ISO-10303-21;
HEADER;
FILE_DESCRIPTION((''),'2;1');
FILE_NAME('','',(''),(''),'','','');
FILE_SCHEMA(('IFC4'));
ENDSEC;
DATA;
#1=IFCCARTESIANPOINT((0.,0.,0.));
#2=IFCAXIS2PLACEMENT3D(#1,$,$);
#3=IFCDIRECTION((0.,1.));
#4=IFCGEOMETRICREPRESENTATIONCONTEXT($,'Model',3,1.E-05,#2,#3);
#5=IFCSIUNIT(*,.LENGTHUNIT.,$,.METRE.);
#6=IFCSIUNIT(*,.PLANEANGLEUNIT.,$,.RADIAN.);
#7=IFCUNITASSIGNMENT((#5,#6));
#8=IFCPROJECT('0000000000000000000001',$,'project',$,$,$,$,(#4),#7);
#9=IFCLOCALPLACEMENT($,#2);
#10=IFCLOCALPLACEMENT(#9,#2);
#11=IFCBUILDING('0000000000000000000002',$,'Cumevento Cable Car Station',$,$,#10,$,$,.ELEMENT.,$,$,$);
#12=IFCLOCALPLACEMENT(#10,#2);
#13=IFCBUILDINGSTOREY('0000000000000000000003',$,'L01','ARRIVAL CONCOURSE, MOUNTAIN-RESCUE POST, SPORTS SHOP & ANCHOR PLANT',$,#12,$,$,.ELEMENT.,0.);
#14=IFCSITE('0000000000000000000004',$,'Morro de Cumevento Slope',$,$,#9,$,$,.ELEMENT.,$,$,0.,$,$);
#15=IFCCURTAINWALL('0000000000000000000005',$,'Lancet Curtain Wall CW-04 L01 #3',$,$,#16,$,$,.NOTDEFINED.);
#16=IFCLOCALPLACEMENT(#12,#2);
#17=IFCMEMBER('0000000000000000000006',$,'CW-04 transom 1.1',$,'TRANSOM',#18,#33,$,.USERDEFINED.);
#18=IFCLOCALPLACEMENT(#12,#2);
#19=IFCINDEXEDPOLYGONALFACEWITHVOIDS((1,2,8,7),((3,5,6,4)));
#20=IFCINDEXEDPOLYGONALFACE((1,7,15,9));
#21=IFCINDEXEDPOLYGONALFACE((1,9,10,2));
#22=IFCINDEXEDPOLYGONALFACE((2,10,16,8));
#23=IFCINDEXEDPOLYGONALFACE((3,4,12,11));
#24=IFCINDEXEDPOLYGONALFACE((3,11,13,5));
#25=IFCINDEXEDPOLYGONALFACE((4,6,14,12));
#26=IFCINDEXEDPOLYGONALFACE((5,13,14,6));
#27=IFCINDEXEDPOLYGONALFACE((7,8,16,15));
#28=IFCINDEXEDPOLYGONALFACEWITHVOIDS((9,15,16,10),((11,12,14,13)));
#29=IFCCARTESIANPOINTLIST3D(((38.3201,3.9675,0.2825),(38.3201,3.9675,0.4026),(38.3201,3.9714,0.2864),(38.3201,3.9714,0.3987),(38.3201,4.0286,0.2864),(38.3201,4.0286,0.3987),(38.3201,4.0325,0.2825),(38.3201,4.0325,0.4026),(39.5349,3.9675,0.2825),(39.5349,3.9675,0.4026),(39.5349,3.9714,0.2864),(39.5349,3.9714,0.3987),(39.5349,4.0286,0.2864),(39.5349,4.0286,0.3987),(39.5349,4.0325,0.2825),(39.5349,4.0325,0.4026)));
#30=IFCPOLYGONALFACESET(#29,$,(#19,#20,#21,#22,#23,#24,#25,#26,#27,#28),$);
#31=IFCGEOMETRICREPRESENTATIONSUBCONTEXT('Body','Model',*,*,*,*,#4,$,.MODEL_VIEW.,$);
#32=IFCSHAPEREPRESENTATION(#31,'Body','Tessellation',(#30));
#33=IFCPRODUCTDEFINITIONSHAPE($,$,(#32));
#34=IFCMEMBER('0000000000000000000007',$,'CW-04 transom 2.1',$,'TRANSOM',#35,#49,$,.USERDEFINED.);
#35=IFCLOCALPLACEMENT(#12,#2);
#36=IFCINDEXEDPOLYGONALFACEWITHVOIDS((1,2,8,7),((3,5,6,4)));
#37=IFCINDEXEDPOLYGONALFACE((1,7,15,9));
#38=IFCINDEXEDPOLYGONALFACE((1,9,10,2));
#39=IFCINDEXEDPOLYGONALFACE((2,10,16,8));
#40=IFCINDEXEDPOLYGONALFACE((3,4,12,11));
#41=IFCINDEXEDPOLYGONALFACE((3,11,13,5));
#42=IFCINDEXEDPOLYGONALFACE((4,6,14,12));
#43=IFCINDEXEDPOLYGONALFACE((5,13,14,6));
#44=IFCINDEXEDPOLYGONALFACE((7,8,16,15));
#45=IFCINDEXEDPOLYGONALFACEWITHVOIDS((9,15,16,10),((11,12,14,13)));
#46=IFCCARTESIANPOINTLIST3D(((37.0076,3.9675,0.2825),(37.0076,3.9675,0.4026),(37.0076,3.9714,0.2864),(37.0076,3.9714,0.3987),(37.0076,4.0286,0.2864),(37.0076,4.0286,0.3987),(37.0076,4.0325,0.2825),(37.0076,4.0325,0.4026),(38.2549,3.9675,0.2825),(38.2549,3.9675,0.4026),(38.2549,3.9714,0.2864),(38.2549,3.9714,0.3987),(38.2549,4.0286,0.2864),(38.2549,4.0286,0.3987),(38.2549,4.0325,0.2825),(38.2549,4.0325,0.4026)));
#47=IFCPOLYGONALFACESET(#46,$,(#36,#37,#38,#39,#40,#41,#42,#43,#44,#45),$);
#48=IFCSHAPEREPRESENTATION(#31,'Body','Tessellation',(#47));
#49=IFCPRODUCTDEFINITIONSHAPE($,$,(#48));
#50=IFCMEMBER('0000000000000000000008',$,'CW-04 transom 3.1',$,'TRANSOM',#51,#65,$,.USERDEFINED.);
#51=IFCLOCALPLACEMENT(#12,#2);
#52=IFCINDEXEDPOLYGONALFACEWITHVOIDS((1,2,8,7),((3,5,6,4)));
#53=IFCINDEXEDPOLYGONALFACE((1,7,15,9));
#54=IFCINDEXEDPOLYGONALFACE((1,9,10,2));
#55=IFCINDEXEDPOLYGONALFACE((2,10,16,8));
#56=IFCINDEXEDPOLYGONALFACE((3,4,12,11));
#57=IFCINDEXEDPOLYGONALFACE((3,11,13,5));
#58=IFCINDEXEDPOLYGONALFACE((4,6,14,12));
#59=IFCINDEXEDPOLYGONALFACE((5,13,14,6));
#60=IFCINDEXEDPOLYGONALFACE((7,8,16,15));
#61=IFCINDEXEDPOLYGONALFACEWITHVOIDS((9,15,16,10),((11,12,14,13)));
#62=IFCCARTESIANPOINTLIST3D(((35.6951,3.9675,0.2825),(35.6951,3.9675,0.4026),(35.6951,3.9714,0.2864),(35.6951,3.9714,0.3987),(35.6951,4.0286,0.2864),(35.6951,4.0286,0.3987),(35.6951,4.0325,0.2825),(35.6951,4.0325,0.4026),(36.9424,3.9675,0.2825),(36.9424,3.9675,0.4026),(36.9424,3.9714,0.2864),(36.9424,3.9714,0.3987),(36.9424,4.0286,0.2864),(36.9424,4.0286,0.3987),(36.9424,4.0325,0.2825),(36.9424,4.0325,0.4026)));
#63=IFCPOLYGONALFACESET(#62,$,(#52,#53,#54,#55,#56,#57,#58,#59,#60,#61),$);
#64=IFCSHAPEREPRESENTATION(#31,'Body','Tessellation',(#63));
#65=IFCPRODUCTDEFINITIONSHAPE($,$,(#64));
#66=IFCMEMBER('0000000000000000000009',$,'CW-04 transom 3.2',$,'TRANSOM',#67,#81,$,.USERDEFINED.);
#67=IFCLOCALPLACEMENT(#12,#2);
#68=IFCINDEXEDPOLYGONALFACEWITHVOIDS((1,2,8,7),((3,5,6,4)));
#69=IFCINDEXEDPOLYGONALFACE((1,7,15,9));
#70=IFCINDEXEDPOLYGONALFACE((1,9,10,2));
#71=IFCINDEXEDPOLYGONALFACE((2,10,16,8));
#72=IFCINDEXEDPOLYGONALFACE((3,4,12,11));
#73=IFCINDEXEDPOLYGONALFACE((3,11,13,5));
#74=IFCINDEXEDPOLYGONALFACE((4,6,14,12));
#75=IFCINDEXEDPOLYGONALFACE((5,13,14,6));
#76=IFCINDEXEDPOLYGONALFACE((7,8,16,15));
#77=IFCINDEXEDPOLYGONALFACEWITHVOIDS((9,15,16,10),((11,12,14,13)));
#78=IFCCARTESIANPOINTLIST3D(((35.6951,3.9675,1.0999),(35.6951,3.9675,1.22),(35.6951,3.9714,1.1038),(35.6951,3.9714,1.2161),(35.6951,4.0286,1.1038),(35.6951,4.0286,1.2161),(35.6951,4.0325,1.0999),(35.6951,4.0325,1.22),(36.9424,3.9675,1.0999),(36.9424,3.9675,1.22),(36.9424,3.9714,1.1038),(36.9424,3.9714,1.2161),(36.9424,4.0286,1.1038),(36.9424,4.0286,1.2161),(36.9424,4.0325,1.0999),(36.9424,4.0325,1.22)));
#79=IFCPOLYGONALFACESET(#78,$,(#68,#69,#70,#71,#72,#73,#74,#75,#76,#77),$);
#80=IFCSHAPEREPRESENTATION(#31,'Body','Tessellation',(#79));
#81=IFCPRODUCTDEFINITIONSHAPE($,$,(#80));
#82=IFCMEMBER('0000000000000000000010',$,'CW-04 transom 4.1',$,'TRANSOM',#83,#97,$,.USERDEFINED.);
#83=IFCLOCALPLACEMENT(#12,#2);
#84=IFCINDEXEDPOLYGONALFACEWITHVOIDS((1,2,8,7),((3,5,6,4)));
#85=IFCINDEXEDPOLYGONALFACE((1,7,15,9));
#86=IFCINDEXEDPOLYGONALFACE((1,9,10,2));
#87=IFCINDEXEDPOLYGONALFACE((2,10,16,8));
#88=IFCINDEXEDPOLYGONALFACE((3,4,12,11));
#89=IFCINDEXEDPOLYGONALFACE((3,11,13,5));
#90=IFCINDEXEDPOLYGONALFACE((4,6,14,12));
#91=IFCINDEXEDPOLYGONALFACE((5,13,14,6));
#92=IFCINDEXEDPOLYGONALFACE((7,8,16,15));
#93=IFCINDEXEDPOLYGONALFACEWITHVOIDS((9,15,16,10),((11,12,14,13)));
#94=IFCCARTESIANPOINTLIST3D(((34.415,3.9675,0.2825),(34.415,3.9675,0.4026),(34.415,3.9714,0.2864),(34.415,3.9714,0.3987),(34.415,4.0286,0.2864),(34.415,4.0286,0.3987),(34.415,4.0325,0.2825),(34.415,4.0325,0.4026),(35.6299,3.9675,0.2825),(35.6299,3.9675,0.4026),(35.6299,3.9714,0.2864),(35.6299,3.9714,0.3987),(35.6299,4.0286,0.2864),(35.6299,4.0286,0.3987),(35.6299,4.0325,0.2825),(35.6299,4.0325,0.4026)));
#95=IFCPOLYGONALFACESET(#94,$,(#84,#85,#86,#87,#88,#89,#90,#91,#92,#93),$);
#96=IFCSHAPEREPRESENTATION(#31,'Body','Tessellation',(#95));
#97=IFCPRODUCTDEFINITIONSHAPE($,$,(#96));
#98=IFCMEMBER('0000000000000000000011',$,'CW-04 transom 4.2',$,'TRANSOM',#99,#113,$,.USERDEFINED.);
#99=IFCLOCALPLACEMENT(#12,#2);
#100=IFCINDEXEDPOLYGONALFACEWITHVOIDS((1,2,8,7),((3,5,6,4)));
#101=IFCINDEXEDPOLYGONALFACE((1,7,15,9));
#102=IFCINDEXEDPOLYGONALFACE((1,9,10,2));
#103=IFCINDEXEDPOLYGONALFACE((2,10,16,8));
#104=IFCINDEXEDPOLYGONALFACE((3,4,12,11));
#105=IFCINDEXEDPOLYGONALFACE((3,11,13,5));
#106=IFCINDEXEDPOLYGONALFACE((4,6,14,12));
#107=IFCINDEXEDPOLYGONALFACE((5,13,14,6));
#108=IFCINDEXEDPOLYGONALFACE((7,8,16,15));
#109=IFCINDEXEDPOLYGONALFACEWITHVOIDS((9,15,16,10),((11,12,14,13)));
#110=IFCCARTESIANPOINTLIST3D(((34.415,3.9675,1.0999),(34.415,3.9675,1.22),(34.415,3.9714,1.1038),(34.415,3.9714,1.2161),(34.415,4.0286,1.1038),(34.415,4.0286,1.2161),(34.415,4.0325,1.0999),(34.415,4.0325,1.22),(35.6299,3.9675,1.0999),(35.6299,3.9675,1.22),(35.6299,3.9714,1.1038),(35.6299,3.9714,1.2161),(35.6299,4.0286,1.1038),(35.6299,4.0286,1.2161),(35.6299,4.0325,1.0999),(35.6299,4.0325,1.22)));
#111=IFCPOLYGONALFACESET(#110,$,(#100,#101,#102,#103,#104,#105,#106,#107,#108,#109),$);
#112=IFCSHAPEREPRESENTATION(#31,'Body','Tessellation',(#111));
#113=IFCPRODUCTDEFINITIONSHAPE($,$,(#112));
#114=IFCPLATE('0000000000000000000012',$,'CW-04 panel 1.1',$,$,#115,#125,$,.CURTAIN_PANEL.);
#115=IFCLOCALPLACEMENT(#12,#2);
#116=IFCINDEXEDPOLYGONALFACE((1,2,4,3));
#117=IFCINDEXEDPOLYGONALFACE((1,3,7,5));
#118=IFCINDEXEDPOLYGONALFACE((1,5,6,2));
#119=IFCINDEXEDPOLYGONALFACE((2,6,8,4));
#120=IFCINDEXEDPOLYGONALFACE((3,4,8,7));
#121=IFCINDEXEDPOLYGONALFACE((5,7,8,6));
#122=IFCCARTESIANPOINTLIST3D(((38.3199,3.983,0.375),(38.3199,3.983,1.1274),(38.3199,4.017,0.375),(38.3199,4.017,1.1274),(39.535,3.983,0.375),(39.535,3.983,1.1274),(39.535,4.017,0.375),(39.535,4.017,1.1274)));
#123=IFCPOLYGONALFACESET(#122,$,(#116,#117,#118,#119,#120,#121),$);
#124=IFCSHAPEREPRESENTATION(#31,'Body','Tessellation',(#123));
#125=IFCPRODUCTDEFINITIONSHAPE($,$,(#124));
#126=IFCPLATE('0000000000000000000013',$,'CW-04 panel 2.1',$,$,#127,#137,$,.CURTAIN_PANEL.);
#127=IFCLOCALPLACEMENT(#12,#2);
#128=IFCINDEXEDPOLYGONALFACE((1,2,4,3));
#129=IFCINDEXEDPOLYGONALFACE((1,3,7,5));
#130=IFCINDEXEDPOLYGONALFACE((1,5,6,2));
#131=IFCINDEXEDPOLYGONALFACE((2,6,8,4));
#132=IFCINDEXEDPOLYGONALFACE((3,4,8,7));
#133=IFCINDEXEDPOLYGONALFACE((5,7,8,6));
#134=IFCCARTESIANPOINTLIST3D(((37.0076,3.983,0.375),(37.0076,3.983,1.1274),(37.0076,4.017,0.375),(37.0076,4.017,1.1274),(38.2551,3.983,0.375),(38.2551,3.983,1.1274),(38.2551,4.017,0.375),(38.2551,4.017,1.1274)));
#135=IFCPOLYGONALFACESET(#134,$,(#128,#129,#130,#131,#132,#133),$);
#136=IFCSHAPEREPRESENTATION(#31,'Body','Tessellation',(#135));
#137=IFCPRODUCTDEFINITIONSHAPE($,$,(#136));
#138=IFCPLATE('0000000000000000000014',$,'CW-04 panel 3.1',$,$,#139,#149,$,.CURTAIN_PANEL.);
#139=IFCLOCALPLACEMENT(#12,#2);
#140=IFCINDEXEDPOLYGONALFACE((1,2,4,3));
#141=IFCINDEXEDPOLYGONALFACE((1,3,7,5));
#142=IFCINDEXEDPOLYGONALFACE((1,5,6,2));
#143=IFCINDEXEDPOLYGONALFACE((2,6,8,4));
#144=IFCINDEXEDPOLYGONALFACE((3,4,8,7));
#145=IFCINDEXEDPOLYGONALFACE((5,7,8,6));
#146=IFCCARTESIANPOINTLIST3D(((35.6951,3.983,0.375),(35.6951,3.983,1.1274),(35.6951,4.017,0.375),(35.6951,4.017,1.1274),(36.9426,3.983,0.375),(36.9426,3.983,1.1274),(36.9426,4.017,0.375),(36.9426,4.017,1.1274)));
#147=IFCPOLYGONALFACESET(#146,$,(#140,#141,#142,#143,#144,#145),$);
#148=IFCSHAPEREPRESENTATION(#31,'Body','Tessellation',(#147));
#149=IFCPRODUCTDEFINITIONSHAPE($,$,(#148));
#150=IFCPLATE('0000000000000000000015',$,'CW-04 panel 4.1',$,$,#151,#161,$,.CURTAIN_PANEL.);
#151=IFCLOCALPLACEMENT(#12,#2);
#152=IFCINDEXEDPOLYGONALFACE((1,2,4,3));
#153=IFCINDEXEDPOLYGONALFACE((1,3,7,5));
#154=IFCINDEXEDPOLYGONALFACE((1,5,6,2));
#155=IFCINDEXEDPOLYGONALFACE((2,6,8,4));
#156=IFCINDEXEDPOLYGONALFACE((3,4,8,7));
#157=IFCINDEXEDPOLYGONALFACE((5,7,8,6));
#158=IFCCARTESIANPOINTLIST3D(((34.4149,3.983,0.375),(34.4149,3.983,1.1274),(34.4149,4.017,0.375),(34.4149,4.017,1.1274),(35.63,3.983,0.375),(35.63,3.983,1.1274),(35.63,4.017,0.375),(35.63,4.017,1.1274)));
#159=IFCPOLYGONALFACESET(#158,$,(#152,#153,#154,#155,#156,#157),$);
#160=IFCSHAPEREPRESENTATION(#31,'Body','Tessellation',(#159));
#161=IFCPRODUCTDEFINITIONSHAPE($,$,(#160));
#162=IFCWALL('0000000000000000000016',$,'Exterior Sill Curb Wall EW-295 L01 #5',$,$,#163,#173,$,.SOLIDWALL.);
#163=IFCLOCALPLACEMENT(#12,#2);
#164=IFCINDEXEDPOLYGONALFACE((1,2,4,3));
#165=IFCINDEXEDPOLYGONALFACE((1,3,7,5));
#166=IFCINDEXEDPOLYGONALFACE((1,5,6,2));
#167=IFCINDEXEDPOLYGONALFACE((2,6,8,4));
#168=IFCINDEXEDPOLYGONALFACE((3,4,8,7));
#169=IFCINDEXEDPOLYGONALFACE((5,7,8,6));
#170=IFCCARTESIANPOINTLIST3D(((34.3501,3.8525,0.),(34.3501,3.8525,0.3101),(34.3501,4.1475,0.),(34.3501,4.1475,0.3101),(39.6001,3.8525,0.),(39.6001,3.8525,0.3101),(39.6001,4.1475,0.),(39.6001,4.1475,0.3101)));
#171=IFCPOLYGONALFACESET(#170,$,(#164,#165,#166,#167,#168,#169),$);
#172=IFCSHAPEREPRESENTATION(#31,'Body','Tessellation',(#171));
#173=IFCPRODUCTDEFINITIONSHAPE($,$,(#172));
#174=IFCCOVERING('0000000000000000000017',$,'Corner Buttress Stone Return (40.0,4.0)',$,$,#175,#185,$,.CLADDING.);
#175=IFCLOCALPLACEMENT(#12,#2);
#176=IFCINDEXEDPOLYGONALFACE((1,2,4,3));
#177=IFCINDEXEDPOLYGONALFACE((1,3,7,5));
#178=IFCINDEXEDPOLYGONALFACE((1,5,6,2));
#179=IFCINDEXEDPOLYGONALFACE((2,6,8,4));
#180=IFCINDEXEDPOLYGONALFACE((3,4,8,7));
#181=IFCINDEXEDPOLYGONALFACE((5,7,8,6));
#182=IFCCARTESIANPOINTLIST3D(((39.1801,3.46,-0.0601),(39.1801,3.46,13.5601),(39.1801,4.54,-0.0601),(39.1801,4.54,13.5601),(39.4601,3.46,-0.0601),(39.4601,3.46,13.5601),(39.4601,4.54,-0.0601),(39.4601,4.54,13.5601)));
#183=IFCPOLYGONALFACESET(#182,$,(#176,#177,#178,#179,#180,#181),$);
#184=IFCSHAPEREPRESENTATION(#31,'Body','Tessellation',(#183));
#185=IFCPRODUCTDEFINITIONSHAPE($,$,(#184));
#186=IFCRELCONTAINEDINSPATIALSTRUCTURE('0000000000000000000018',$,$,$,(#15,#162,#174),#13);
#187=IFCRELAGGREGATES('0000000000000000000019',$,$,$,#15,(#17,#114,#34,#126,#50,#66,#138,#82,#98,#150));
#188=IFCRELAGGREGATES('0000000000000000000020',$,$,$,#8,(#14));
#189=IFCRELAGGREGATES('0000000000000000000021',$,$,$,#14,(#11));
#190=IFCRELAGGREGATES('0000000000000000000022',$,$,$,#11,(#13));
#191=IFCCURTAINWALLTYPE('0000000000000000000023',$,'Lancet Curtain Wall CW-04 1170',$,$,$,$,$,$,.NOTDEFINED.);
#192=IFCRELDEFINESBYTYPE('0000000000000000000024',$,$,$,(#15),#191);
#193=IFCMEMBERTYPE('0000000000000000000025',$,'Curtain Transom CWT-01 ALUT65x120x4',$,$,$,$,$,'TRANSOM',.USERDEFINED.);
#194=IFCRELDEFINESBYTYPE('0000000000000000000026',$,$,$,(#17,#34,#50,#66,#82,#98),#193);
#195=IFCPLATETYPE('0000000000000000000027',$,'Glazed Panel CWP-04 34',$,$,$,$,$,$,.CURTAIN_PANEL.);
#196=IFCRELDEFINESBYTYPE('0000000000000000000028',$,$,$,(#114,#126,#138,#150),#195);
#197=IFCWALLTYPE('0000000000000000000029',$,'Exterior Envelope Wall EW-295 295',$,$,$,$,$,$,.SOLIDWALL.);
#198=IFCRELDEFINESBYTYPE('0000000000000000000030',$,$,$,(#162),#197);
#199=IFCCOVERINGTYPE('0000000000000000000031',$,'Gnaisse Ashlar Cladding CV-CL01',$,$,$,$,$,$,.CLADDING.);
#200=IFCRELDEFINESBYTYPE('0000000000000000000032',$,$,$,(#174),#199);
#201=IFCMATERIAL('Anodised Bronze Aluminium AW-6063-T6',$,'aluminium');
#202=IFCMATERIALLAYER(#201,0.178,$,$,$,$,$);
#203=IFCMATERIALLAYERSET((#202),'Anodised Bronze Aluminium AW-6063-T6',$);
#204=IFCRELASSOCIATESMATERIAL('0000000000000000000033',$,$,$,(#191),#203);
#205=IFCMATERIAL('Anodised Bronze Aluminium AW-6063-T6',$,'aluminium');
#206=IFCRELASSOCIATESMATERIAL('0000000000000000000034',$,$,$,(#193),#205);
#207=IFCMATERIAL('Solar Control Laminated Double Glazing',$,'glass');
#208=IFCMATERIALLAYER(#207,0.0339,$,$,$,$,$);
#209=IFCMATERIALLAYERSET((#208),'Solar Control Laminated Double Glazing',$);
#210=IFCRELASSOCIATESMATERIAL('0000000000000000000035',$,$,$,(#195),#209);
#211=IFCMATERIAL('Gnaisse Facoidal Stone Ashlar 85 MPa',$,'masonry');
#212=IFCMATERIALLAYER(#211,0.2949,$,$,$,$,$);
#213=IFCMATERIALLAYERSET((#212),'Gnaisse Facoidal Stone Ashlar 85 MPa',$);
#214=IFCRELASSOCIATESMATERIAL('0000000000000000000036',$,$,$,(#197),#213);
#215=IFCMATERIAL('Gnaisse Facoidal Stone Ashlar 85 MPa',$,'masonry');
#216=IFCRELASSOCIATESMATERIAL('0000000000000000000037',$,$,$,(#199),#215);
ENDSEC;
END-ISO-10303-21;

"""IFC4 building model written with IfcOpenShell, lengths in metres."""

from ifc_helpers import new_model, si_unit, direction, frame, frame_2d, origin, origin_2d, place, context, subcontext, project, spatial, rectangle, hollow_rectangle, extrude, material, layer, layer_set, material_profile, profile_set, type_object, element, aggregate, save


model = new_model("IFC4")

# Units and contexts
model_context = context("Model", 3, precision=1e-05, world=origin(), true_north=direction((0.0, 1.0)))
body_context = subcontext(model_context, "Body", "Model", "MODEL_VIEW")
ifc_project = project(units=[si_unit("LENGTHUNIT", "METRE"), si_unit("PLANEANGLEUNIT", "RADIAN")], contexts=[model_context])

# Site, building, storey
site_placement = place(None, origin())
site = spatial("IfcSite", under=ifc_project, at=site_placement, Name="Morro de Cumevento Slope", CompositionType="ELEMENT", RefElevation=0.0)
building_placement = place(site_placement, origin())
building = spatial("IfcBuilding", under=site, at=building_placement, Name="Cumevento Cable Car Station", CompositionType="ELEMENT")
storey_placement = place(building_placement, origin())
storey = spatial("IfcBuildingStorey", under=building, at=storey_placement, Name="L01", Description="ARRIVAL CONCOURSE, MOUNTAIN-RESCUE POST, SPORTS SHOP & ANCHOR PLANT", CompositionType="ELEMENT", Elevation=0.0)

# Curtain wall, members, plates
ifc_material_1 = material(Name="Anodised Bronze Aluminium AW-6063-T6", Category="aluminium")
ifc_layer_1 = layer(ifc_material_1, 0.178)
ifc_layer_set_1 = layer_set([ifc_layer_1], Name="Anodised Bronze Aluminium AW-6063-T6")
curtain_wall_type = type_object("IfcCurtainWallType", Name="Lancet Curtain Wall CW-04 1170", PredefinedType="NOTDEFINED", material=ifc_layer_set_1)
curtain_wall_placement = place(storey_placement, origin())
curtain_wall = element("IfcCurtainWall", 1, at=curtain_wall_placement, inside=storey, type_object=curtain_wall_type, Name="Lancet Curtain Wall CW-04 L01 #3", PredefinedType="NOTDEFINED")
ifc_material_2 = material(Name="Anodised Bronze Aluminium AW-6063-T6", Category="aluminium")
ifc_material_profile_1 = material_profile(ifc_material_2, hollow_rectangle(XDim=0.0649, YDim=0.1201, WallThickness=0.0039, at=origin_2d()), Name="ALUT65x120x4")
ifc_profile_set_1 = profile_set([ifc_material_profile_1], Name="Anodised Bronze Aluminium AW-6063-T6")
member_type_1 = type_object("IfcMemberType", Name="Curtain Transom CWT-01 ALUT65x120x4", ElementType="TRANSOM", PredefinedType="USERDEFINED", material=ifc_profile_set_1)
member_1_placement = place(storey_placement, frame((39.5349, 4.0, 0.3425), z_axis=(-1.0, 0.0, 0.0), x_axis=(0.0, -1.0, 0.0)))
member_1 = element("IfcMember", 2, at=member_1_placement, type_object=member_type_1, Name="CW-04 transom 1.1", ObjectType="TRANSOM", PredefinedType="USERDEFINED", context=body_context, shape_type="SweptSolid", body=[
    extrude(hollow_rectangle(XDim=0.0649, YDim=0.1201, WallThickness=0.0039, at=origin_2d()), origin(), (0.0, 0.0, 1.0), 1.2148),
])
member_2_placement = place(storey_placement, frame((38.2549, 4.0, 0.3425), z_axis=(-1.0, 0.0, 0.0), x_axis=(0.0, -1.0, 0.0)))
member_2 = element("IfcMember", 3, at=member_2_placement, type_object=member_type_1, Name="CW-04 transom 2.1", ObjectType="TRANSOM", PredefinedType="USERDEFINED", context=body_context, shape_type="SweptSolid", body=[
    extrude(hollow_rectangle(XDim=0.0649, YDim=0.1201, WallThickness=0.0039, at=origin_2d()), origin(), (0.0, 0.0, 1.0), 1.2473),
])
member_3_placement = place(storey_placement, frame((36.9424, 4.0, 0.3425), z_axis=(-1.0, 0.0, 0.0), x_axis=(0.0, -1.0, 0.0)))
member_3 = element("IfcMember", 4, at=member_3_placement, type_object=member_type_1, Name="CW-04 transom 3.1", ObjectType="TRANSOM", PredefinedType="USERDEFINED", context=body_context, shape_type="SweptSolid", body=[
    extrude(hollow_rectangle(XDim=0.0649, YDim=0.1201, WallThickness=0.0039, at=origin_2d()), origin(), (0.0, 0.0, 1.0), 1.2473),
])
member_4_placement = place(storey_placement, frame((36.9424, 4.0, 1.1599), z_axis=(-1.0, 0.0, 0.0), x_axis=(0.0, -1.0, 0.0)))
member_4 = element("IfcMember", 5, at=member_4_placement, type_object=member_type_1, Name="CW-04 transom 3.2", ObjectType="TRANSOM", PredefinedType="USERDEFINED", context=body_context, shape_type="SweptSolid", body=[
    extrude(hollow_rectangle(XDim=0.0649, YDim=0.1201, WallThickness=0.0039, at=origin_2d()), origin(), (0.0, 0.0, 1.0), 1.2473),
])
member_5_placement = place(storey_placement, frame((35.6299, 4.0, 0.3425), z_axis=(-1.0, 0.0, 0.0), x_axis=(0.0, -1.0, 0.0)))
member_5 = element("IfcMember", 6, at=member_5_placement, type_object=member_type_1, Name="CW-04 transom 4.1", ObjectType="TRANSOM", PredefinedType="USERDEFINED", context=body_context, shape_type="SweptSolid", body=[
    extrude(hollow_rectangle(XDim=0.0649, YDim=0.1201, WallThickness=0.0039, at=origin_2d()), origin(), (0.0, 0.0, 1.0), 1.2148),
])
member_6_placement = place(storey_placement, frame((35.6299, 4.0, 1.1599), z_axis=(-1.0, 0.0, 0.0), x_axis=(0.0, -1.0, 0.0)))
member_6 = element("IfcMember", 7, at=member_6_placement, type_object=member_type_1, Name="CW-04 transom 4.2", ObjectType="TRANSOM", PredefinedType="USERDEFINED", context=body_context, shape_type="SweptSolid", body=[
    extrude(hollow_rectangle(XDim=0.0649, YDim=0.1201, WallThickness=0.0039, at=origin_2d()), origin(), (0.0, 0.0, 1.0), 1.2148),
])
ifc_material_3 = material(Name="Solar Control Laminated Double Glazing", Category="glass")
ifc_layer_2 = layer(ifc_material_3, 0.0339)
ifc_layer_set_2 = layer_set([ifc_layer_2], Name="Solar Control Laminated Double Glazing")
plate_type = type_object("IfcPlateType", Name="Glazed Panel CWP-04 34", PredefinedType="CURTAIN_PANEL", material=ifc_layer_set_2)
plate_1_placement = place(storey_placement, frame((38.9275, 4.0, 0.375), z_axis=(0.0, 0.0, 1.0), x_axis=(-1.0, 0.0, 0.0)))
plate_1 = element("IfcPlate", 8, at=plate_1_placement, type_object=plate_type, Name="CW-04 panel 1.1", PredefinedType="CURTAIN_PANEL", context=body_context, shape_type="SweptSolid", body=[
    extrude(rectangle(XDim=1.2151, YDim=0.0339, at=origin_2d()), origin(), (0.0, 0.0, 1.0), 0.7524),
])
plate_2_placement = place(storey_placement, frame((37.6313, 4.0, 0.375), z_axis=(0.0, 0.0, 1.0), x_axis=(-1.0, 0.0, 0.0)))
plate_2 = element("IfcPlate", 9, at=plate_2_placement, type_object=plate_type, Name="CW-04 panel 2.1", PredefinedType="CURTAIN_PANEL", context=body_context, shape_type="SweptSolid", body=[
    extrude(rectangle(XDim=1.2476, YDim=0.0339, at=origin_2d()), origin(), (0.0, 0.0, 1.0), 0.7524),
])
plate_3_placement = place(storey_placement, frame((36.3188, 4.0, 0.375), z_axis=(0.0, 0.0, 1.0), x_axis=(-1.0, 0.0, 0.0)))
plate_3 = element("IfcPlate", 10, at=plate_3_placement, type_object=plate_type, Name="CW-04 panel 3.1", PredefinedType="CURTAIN_PANEL", context=body_context, shape_type="SweptSolid", body=[
    extrude(rectangle(XDim=1.2476, YDim=0.0339, at=origin_2d()), origin(), (0.0, 0.0, 1.0), 0.7524),
])
plate_4_placement = place(storey_placement, frame((35.0225, 4.0, 0.375), z_axis=(0.0, 0.0, 1.0), x_axis=(-1.0, 0.0, 0.0)))
plate_4 = element("IfcPlate", 11, at=plate_4_placement, type_object=plate_type, Name="CW-04 panel 4.1", PredefinedType="CURTAIN_PANEL", context=body_context, shape_type="SweptSolid", body=[
    extrude(rectangle(XDim=1.2151, YDim=0.0339, at=origin_2d()), origin(), (0.0, 0.0, 1.0), 0.7524),
])
aggregate(curtain_wall, [member_1, plate_1, member_2, plate_2, member_3, member_4, plate_3, member_5, member_6, plate_4])

# Wall
ifc_material_4 = material(Name="Gnaisse Facoidal Stone Ashlar 85 MPa", Category="masonry")
ifc_layer_3 = layer(ifc_material_4, 0.2949)
ifc_layer_set_3 = layer_set([ifc_layer_3], Name="Gnaisse Facoidal Stone Ashlar 85 MPa")
wall_type = type_object("IfcWallType", Name="Exterior Envelope Wall EW-295 295", PredefinedType="SOLIDWALL", material=ifc_layer_set_3)
wall_placement = place(storey_placement, frame((39.6001, 4.0, 0.0), z_axis=(0.0, 0.0, 1.0), x_axis=(-1.0, 0.0, 0.0)))
element("IfcWall", 12, at=wall_placement, inside=storey, type_object=wall_type, Name="Exterior Sill Curb Wall EW-295 L01 #5", PredefinedType="SOLIDWALL", context=body_context, shape_type="SweptSolid", body=[
    extrude(rectangle(XDim=5.25, YDim=0.2949, at=frame_2d((2.625, 0.0))), origin(), (0.0, 0.0, 1.0), 0.3101),
])

# Covering
ifc_material_5 = material(Name="Gnaisse Facoidal Stone Ashlar 85 MPa", Category="masonry")
covering_type = type_object("IfcCoveringType", Name="Gnaisse Ashlar Cladding CV-CL01", PredefinedType="CLADDING", material=ifc_material_5)
covering_1_placement = place(storey_placement, frame((39.3201, 4.0, -0.0601), z_axis=(0.0, 0.0, 1.0), x_axis=(1.0, 0.0, 0.0)))
element("IfcCovering", 13, at=covering_1_placement, inside=storey, type_object=covering_type, Name="Corner Buttress Stone Return (40.0,4.0)", PredefinedType="CLADDING", context=body_context, shape_type="SweptSolid", body=[
    extrude(rectangle(XDim=0.28, YDim=1.0801, at=origin_2d()), origin(), (0.0, 0.0, 1.0), 13.6201),
])

save(model, "model.ifc")
